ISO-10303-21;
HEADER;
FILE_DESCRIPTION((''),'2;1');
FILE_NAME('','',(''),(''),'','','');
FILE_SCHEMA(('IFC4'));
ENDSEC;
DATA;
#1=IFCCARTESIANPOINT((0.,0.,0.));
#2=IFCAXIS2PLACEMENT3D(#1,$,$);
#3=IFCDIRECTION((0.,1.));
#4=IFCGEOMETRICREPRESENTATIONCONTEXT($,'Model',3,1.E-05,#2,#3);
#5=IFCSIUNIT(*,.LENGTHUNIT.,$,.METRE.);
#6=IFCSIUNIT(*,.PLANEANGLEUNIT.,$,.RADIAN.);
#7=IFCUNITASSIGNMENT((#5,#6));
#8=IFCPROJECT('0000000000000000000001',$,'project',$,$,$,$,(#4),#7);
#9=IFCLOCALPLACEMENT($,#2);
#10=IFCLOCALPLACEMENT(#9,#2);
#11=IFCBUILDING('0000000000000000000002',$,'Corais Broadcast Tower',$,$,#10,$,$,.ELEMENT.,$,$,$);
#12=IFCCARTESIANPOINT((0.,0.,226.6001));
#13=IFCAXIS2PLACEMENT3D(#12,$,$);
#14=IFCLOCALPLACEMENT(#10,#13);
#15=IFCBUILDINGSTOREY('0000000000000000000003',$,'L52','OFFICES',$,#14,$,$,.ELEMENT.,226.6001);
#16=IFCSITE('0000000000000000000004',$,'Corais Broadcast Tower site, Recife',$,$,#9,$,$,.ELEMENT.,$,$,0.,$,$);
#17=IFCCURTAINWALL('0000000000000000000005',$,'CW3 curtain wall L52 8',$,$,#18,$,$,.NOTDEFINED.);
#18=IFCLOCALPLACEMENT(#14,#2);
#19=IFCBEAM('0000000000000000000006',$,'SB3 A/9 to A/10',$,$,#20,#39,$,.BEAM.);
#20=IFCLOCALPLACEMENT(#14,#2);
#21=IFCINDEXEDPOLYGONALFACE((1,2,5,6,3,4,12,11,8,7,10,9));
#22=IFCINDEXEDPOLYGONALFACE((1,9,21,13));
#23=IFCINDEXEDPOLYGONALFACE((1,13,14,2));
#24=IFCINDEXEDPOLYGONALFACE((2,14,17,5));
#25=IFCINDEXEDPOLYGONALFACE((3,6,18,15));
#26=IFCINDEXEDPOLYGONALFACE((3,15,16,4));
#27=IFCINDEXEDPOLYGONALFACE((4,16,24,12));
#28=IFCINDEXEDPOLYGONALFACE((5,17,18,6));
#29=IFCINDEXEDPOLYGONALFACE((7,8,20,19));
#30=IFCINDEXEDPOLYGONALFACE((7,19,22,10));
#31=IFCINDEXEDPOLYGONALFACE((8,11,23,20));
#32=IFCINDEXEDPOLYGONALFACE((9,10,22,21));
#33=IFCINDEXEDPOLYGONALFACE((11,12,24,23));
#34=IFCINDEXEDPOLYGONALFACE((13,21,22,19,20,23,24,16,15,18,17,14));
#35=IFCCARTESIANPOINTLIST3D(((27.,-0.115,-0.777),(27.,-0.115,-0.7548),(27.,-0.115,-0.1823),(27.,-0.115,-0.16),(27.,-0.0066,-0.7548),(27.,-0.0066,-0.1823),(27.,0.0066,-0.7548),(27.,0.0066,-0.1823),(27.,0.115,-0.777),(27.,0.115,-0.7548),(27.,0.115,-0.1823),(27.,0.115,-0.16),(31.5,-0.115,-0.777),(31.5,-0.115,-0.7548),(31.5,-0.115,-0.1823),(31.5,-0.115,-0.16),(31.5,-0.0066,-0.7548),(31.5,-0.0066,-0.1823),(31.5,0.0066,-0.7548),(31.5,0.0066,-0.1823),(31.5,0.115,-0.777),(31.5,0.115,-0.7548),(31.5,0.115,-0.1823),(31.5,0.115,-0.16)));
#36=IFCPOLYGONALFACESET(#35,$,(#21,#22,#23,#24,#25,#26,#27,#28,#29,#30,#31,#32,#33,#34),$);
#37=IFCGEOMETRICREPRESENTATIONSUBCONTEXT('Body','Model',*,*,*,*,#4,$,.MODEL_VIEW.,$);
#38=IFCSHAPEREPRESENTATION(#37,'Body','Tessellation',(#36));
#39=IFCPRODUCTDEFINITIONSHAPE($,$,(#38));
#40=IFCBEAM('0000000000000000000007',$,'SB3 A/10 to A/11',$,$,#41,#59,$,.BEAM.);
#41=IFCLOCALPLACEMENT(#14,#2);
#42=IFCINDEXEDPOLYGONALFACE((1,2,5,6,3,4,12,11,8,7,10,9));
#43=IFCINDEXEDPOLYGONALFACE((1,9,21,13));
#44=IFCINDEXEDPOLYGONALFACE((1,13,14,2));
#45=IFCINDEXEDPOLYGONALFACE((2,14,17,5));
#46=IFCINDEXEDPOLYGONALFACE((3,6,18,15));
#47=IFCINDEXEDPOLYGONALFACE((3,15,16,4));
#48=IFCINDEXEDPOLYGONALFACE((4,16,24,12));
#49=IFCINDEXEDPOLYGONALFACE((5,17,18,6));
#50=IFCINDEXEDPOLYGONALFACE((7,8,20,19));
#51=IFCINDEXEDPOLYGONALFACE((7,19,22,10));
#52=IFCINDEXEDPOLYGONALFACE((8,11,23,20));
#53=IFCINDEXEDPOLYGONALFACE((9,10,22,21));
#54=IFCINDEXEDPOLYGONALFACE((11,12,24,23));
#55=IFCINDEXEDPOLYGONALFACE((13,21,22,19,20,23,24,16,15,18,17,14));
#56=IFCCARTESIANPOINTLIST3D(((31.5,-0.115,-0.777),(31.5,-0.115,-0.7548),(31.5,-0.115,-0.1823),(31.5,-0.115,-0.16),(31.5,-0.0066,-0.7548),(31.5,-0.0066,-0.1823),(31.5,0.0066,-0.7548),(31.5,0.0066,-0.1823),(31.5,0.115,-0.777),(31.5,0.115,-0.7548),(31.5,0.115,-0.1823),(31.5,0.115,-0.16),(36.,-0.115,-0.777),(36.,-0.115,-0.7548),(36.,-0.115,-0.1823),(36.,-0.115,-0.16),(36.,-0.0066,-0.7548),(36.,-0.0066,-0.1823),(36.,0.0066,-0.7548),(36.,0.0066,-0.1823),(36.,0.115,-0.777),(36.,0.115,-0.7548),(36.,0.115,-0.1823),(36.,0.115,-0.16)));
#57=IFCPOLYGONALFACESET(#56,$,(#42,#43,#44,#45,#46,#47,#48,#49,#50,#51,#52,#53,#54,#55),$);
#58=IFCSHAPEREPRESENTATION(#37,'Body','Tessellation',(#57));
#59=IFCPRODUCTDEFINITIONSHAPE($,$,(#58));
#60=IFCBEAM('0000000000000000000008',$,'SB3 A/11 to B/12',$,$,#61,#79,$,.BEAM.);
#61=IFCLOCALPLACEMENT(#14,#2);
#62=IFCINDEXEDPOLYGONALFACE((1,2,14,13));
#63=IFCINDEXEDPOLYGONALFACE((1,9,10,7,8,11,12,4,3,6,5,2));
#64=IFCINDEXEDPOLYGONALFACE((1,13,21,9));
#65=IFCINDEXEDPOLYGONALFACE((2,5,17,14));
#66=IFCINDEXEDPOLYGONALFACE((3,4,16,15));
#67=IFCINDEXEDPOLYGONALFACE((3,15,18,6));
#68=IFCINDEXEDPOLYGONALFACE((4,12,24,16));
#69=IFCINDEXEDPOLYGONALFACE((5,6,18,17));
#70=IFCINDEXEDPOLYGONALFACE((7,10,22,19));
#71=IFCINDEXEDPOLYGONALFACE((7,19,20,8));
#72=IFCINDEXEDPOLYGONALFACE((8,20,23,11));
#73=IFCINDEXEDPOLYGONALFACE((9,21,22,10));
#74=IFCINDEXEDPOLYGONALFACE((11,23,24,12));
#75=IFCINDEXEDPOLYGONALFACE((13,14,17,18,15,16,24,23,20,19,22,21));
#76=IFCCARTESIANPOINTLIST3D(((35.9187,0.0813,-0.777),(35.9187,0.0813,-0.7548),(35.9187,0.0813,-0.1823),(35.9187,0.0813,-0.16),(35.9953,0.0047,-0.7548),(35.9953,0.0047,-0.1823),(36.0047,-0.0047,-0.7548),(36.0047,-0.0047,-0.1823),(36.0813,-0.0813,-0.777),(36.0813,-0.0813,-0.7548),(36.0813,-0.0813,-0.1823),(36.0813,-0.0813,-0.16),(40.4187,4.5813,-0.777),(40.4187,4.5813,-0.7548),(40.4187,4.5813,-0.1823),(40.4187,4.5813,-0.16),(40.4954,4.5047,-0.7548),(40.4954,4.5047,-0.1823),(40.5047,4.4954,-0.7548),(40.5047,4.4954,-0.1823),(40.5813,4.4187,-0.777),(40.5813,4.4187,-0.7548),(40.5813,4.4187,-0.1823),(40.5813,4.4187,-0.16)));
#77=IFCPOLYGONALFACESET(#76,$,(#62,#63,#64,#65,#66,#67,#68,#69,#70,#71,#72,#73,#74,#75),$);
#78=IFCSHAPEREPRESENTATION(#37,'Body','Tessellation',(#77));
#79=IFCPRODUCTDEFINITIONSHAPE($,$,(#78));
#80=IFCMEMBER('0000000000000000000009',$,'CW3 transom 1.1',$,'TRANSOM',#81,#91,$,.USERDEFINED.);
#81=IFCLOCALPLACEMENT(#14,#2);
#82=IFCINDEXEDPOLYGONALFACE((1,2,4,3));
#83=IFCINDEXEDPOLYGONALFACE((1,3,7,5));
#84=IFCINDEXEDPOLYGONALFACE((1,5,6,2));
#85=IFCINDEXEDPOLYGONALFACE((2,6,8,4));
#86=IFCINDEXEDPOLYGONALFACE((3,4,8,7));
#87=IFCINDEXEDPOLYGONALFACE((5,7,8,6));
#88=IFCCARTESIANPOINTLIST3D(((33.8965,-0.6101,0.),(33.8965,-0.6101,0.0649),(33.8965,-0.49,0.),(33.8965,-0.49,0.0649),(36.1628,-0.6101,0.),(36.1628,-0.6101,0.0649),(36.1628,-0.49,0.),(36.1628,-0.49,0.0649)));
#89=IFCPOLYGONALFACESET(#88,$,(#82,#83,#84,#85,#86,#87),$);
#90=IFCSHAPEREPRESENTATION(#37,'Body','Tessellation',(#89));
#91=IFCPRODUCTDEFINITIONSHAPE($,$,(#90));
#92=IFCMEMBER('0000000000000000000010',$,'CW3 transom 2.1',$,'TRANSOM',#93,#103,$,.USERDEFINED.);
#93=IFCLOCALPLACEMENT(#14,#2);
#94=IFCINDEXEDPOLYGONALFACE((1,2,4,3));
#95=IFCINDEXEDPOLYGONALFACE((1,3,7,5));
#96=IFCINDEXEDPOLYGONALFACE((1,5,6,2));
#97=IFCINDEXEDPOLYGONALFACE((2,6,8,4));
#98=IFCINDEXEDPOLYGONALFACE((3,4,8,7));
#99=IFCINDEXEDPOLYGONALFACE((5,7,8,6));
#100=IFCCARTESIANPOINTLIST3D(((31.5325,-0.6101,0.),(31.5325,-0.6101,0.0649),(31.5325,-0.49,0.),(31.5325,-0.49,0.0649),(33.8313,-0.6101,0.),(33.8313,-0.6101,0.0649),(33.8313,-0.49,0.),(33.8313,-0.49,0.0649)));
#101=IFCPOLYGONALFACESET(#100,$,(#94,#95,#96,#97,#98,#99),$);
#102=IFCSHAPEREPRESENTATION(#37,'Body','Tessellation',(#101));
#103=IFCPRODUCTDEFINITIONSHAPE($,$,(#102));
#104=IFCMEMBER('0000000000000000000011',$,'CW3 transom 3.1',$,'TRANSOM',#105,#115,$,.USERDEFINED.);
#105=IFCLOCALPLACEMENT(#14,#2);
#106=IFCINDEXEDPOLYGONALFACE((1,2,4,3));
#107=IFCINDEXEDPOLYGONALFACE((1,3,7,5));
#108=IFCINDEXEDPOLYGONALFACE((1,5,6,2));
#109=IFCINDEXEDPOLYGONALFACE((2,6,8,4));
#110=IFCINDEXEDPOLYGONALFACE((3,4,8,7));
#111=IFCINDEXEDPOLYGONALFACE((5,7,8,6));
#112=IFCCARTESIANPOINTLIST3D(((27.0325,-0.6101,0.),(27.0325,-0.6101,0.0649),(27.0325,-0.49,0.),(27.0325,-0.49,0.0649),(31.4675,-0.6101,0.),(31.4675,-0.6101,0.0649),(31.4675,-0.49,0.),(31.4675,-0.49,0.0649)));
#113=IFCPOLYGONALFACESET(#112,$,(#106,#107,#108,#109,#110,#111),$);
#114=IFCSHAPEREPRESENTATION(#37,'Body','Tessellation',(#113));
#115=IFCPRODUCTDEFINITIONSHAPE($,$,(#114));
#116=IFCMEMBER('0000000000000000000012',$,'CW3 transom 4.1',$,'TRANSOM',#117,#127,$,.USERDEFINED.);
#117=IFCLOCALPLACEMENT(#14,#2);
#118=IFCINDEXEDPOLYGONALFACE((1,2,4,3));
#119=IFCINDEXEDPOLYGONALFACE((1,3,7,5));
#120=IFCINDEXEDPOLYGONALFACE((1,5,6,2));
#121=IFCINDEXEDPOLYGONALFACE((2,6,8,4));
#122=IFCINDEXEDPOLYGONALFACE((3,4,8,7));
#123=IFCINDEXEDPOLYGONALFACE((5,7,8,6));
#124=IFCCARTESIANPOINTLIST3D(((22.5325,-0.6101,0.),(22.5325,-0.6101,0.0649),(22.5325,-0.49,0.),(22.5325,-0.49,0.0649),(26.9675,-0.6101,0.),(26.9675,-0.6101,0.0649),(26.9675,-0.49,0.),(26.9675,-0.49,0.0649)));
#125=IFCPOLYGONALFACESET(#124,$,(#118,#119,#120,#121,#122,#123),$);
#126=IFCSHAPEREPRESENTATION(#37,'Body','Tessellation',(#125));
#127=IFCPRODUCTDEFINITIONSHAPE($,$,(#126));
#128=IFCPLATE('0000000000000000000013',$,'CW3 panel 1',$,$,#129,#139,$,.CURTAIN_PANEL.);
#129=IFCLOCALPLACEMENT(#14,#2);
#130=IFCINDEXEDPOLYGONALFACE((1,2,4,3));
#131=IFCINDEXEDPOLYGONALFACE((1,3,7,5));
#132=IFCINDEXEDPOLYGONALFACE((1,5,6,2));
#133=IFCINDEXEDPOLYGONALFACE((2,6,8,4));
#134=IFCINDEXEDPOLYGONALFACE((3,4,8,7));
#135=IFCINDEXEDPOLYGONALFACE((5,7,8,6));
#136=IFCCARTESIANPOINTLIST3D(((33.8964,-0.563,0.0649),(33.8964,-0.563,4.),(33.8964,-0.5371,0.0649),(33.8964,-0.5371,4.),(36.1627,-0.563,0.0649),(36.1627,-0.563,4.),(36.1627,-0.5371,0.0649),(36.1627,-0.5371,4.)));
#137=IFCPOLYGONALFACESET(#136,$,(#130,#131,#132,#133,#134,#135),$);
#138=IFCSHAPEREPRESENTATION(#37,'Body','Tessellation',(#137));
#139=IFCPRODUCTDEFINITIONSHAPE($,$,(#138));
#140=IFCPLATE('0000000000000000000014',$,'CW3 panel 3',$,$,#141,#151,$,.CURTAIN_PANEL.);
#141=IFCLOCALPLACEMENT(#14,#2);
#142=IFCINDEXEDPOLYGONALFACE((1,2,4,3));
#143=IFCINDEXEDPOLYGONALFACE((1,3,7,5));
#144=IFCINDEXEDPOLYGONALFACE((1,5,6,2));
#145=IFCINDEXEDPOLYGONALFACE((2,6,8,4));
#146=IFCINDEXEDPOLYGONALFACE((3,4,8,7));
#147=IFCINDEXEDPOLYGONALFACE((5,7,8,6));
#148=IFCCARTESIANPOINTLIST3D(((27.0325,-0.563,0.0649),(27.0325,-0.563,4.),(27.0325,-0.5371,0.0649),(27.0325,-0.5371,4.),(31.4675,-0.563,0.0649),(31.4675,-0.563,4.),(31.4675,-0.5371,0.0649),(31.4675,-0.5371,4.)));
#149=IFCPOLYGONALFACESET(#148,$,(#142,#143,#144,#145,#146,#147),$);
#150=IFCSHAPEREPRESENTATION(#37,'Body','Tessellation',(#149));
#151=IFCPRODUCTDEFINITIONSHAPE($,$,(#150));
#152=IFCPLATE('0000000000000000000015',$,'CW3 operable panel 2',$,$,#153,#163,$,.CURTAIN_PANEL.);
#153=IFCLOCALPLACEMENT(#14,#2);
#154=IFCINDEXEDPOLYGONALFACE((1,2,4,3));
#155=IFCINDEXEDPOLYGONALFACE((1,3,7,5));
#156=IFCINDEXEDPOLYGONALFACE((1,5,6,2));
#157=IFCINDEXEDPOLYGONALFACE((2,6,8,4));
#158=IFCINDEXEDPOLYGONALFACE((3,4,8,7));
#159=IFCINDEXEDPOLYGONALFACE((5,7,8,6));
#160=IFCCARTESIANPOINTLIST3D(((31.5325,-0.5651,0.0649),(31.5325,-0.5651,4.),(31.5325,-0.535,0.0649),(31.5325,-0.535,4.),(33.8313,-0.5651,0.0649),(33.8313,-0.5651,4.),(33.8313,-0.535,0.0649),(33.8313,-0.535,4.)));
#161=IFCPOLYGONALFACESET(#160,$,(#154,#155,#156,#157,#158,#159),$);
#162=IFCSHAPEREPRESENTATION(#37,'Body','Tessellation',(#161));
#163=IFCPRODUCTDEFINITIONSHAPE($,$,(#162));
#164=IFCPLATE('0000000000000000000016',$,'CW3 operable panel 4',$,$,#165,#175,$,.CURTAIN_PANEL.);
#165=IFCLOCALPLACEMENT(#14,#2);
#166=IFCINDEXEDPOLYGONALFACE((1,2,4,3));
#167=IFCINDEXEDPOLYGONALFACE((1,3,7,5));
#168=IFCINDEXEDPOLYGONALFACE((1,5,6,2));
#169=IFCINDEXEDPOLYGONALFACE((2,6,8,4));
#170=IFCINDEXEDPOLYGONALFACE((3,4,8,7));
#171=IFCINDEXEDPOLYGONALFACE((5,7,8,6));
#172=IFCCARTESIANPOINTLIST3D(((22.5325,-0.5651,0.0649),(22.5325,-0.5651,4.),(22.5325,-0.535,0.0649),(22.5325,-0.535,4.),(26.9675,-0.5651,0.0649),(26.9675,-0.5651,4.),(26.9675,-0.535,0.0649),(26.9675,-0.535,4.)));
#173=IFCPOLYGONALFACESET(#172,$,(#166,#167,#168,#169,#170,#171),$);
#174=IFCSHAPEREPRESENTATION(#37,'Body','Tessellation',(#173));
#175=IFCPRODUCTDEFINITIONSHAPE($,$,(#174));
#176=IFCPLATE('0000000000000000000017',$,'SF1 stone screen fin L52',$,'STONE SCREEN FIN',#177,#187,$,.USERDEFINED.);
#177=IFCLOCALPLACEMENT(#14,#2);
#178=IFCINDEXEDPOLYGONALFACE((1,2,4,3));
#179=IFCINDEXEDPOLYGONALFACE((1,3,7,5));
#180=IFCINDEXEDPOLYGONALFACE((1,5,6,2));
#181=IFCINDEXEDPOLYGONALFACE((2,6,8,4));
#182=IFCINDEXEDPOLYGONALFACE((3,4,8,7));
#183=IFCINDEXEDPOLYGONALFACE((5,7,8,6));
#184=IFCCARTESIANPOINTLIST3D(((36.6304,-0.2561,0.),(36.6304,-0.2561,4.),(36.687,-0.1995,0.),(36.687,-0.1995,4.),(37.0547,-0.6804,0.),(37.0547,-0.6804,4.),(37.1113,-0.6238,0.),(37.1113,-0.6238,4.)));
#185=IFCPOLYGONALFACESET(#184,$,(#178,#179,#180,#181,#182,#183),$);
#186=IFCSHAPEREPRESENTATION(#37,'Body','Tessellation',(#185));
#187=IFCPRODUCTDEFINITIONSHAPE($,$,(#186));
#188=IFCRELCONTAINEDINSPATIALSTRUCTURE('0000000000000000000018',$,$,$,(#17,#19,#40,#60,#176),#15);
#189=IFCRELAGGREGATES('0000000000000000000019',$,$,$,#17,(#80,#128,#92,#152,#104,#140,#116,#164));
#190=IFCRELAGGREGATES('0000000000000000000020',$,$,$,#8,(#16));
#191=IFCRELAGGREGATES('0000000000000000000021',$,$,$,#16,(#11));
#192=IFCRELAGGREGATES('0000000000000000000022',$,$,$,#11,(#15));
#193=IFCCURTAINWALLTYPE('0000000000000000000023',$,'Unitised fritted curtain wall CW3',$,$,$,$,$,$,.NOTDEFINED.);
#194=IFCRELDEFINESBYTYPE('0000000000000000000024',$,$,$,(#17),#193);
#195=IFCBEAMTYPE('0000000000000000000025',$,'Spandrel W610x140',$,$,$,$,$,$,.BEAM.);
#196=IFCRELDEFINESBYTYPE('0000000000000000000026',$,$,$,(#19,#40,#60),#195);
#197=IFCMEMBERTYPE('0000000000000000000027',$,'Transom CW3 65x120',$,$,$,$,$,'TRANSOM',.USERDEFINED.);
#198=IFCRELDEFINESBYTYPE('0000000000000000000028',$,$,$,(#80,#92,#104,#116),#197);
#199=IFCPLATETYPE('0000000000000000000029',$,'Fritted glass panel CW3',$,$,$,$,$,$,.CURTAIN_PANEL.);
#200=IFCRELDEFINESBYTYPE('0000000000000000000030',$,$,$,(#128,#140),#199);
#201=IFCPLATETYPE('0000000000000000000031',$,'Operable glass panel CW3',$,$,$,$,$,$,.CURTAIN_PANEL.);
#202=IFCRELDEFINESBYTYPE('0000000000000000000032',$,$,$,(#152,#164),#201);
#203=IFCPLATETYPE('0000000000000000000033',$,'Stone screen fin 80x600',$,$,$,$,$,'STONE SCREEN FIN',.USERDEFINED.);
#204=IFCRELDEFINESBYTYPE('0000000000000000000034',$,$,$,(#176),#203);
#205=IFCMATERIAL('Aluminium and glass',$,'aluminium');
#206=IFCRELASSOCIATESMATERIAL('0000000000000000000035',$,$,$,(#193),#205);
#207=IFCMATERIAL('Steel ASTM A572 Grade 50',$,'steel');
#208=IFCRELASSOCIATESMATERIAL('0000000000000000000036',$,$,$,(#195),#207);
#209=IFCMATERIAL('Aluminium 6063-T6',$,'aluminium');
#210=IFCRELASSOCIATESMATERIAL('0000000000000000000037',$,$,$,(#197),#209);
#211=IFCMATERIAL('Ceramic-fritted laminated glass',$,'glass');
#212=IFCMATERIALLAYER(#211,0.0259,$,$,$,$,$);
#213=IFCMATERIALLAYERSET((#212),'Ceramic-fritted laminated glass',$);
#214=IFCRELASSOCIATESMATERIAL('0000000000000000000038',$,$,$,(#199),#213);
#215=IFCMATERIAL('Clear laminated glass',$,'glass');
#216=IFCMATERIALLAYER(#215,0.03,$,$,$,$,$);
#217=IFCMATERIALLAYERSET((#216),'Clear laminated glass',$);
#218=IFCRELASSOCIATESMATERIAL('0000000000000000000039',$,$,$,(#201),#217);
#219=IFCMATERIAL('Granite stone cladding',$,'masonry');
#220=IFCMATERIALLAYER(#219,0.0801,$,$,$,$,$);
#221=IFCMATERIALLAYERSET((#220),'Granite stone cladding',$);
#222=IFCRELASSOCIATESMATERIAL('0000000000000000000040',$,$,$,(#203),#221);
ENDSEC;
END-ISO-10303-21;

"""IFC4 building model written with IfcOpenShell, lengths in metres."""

from ifc_helpers import new_model, si_unit, direction, frame, origin, origin_2d, place, context, subcontext, project, spatial, rectangle, i_section, extrude, material, layer, layer_set, material_profile, profile_set, type_object, element, aggregate, save


model = new_model("IFC4")

# Units and contexts
model_context = context("Model", 3, precision=1e-05, world=origin(), true_north=direction((0.0, 1.0)))
body_context = subcontext(model_context, "Body", "Model", "MODEL_VIEW")
ifc_project = project(units=[si_unit("LENGTHUNIT", "METRE"), si_unit("PLANEANGLEUNIT", "RADIAN")], contexts=[model_context])

# Site, building, storey
site_placement = place(None, origin())
site = spatial("IfcSite", under=ifc_project, at=site_placement, Name="Corais Broadcast Tower site, Recife", CompositionType="ELEMENT", RefElevation=0.0)
building_placement = place(site_placement, origin())
building = spatial("IfcBuilding", under=site, at=building_placement, Name="Corais Broadcast Tower", CompositionType="ELEMENT")
storey_placement = place(building_placement, frame((0.0, 0.0, 226.6001)))
storey = spatial("IfcBuildingStorey", under=building, at=storey_placement, Name="L52", Description="OFFICES", CompositionType="ELEMENT", Elevation=226.6001)

# Shared definitions
ifc_material_1 = material(Name="Aluminium and glass", Category="aluminium")
curtain_wall_type = type_object("IfcCurtainWallType", Name="Unitised fritted curtain wall CW3", PredefinedType="NOTDEFINED", material=ifc_material_1)

# Curtain wall
curtain_wall_1_placement = place(storey_placement, origin())
curtain_wall_1 = element("IfcCurtainWall", 1, at=curtain_wall_1_placement, inside=storey, type_object=curtain_wall_type, Name="CW3 curtain wall L52 8", PredefinedType="NOTDEFINED")

# Beams
ifc_material_2 = material(Name="Steel ASTM A572 Grade 50", Category="steel")
ifc_material_profile_1 = material_profile(ifc_material_2, i_section(OverallWidth=0.23, OverallDepth=0.6169, WebThickness=0.0132, FlangeThickness=0.0222, at=origin_2d()), Name="W610x140")
ifc_profile_set_1 = profile_set([ifc_material_profile_1], Name="Steel ASTM A572 Grade 50")
beam_type_1 = type_object("IfcBeamType", Name="Spandrel W610x140", PredefinedType="BEAM", material=ifc_profile_set_1)
for number, where, z_axis, x_axis, name in (
    (2, (27.0, 0.0, -0.4685), (1.0, 0.0, 0.0), (0.0, 1.0, 0.0), "SB3 A/9 to A/10"),
    (3, (31.5, 0.0, -0.4685), (1.0, 0.0, 0.0), (0.0, 1.0, 0.0), "SB3 A/10 to A/11"),
):
    element("IfcBeam", number, at=place(storey_placement, frame(where, z_axis=z_axis, x_axis=x_axis)), inside=storey, type_object=beam_type_1, Name=name, PredefinedType="BEAM", context=body_context, shape_type="SweptSolid", body=[
        extrude(i_section(OverallWidth=0.23, OverallDepth=0.6169, WebThickness=0.0132, FlangeThickness=0.0222, at=origin_2d()), origin(), (0.0, 0.0, 1.0), 4.5),
    ])
beam_placement = place(storey_placement, frame((36.0, 0.0, -0.4685), z_axis=(0.707107, 0.707107, 0.0), x_axis=(-0.707107, 0.707107, 0.0)))
element("IfcBeam", 4, at=beam_placement, inside=storey, type_object=beam_type_1, Name="SB3 A/11 to B/12", PredefinedType="BEAM", context=body_context, shape_type="SweptSolid", body=[
    extrude(i_section(OverallWidth=0.23, OverallDepth=0.6169, WebThickness=0.0132, FlangeThickness=0.0222, at=origin_2d()), origin(), (0.0, 0.0, 1.0), 6.364),
])

# Members
ifc_material_3 = material(Name="Aluminium 6063-T6", Category="aluminium")
ifc_material_profile_2 = material_profile(ifc_material_3, rectangle(XDim=0.1201, YDim=0.0649, at=origin_2d()), Name="Transom CW3 65x120")
ifc_profile_set_2 = profile_set([ifc_material_profile_2], Name="Aluminium 6063-T6")
member_type_1 = type_object("IfcMemberType", Name="Transom CW3 65x120", ElementType="TRANSOM", PredefinedType="USERDEFINED", material=ifc_profile_set_2)
member_1_placement = place(storey_placement, frame((36.1628, -0.55, 0.0325), z_axis=(-1.0, 0.0, 0.0), x_axis=(0.0, -1.0, 0.0)))
member_1 = element("IfcMember", 5, at=member_1_placement, type_object=member_type_1, Name="CW3 transom 1.1", ObjectType="TRANSOM", PredefinedType="USERDEFINED", context=body_context, shape_type="SweptSolid", body=[
    extrude(rectangle(XDim=0.1201, YDim=0.0649, at=origin_2d()), origin(), (0.0, 0.0, 1.0), 2.2664),
])
member_2_placement = place(storey_placement, frame((33.8313, -0.55, 0.0325), z_axis=(-1.0, 0.0, 0.0), x_axis=(0.0, -1.0, 0.0)))
member_2 = element("IfcMember", 6, at=member_2_placement, type_object=member_type_1, Name="CW3 transom 2.1", ObjectType="TRANSOM", PredefinedType="USERDEFINED", context=body_context, shape_type="SweptSolid", body=[
    extrude(rectangle(XDim=0.1201, YDim=0.0649, at=origin_2d()), origin(), (0.0, 0.0, 1.0), 2.2988),
])
member_3_placement = place(storey_placement, frame((31.4675, -0.55, 0.0325), z_axis=(-1.0, 0.0, 0.0), x_axis=(0.0, -1.0, 0.0)))
member_3 = element("IfcMember", 7, at=member_3_placement, type_object=member_type_1, Name="CW3 transom 3.1", ObjectType="TRANSOM", PredefinedType="USERDEFINED", context=body_context, shape_type="SweptSolid", body=[
    extrude(rectangle(XDim=0.1201, YDim=0.0649, at=origin_2d()), origin(), (0.0, 0.0, 1.0), 4.4351),
])
member_4_placement = place(storey_placement, frame((26.9675, -0.55, 0.0325), z_axis=(-1.0, 0.0, 0.0), x_axis=(0.0, -1.0, 0.0)))
member_4 = element("IfcMember", 8, at=member_4_placement, type_object=member_type_1, Name="CW3 transom 4.1", ObjectType="TRANSOM", PredefinedType="USERDEFINED", context=body_context, shape_type="SweptSolid", body=[
    extrude(rectangle(XDim=0.1201, YDim=0.0649, at=origin_2d()), origin(), (0.0, 0.0, 1.0), 4.4351),
])

# Plates
ifc_material_4 = material(Name="Ceramic-fritted laminated glass", Category="glass")
ifc_layer_1 = layer(ifc_material_4, 0.0259)
ifc_layer_set_1 = layer_set([ifc_layer_1], Name="Ceramic-fritted laminated glass")
plate_type_1 = type_object("IfcPlateType", Name="Fritted glass panel CW3", PredefinedType="CURTAIN_PANEL", material=ifc_layer_set_1)
plate_1_placement = place(storey_placement, frame((35.0295, -0.55, 0.0649), z_axis=(0.0, 0.0, 1.0), x_axis=(-1.0, 0.0, 0.0)))
plate_1 = element("IfcPlate", 9, at=plate_1_placement, type_object=plate_type_1, Name="CW3 panel 1", PredefinedType="CURTAIN_PANEL", context=body_context, shape_type="SweptSolid", body=[
    extrude(rectangle(XDim=2.2664, YDim=0.0259, at=origin_2d()), origin(), (0.0, 0.0, 1.0), 3.9351),
])
plate_2_placement = place(storey_placement, frame((29.25, -0.55, 0.0649), z_axis=(0.0, 0.0, 1.0), x_axis=(-1.0, 0.0, 0.0)))
plate_2 = element("IfcPlate", 10, at=plate_2_placement, type_object=plate_type_1, Name="CW3 panel 3", PredefinedType="CURTAIN_PANEL", context=body_context, shape_type="SweptSolid", body=[
    extrude(rectangle(XDim=4.4351, YDim=0.0259, at=origin_2d()), origin(), (0.0, 0.0, 1.0), 3.9351),
])
ifc_material_5 = material(Name="Clear laminated glass", Category="glass")
ifc_layer_2 = layer(ifc_material_5, 0.03)
ifc_layer_set_2 = layer_set([ifc_layer_2], Name="Clear laminated glass")
plate_type_2 = type_object("IfcPlateType", Name="Operable glass panel CW3", PredefinedType="CURTAIN_PANEL", material=ifc_layer_set_2)
plate_3_placement = place(storey_placement, frame((32.6819, -0.55, 0.0649), z_axis=(0.0, 0.0, 1.0), x_axis=(-1.0, 0.0, 0.0)))
plate_3 = element("IfcPlate", 11, at=plate_3_placement, type_object=plate_type_2, Name="CW3 operable panel 2", PredefinedType="CURTAIN_PANEL", context=body_context, shape_type="SweptSolid", body=[
    extrude(rectangle(XDim=2.2988, YDim=0.03, at=origin_2d()), origin(), (0.0, 0.0, 1.0), 3.9351),
])
plate_4_placement = place(storey_placement, frame((24.75, -0.55, 0.0649), z_axis=(0.0, 0.0, 1.0), x_axis=(-1.0, 0.0, 0.0)))
plate_4 = element("IfcPlate", 12, at=plate_4_placement, type_object=plate_type_2, Name="CW3 operable panel 4", PredefinedType="CURTAIN_PANEL", context=body_context, shape_type="SweptSolid", body=[
    extrude(rectangle(XDim=4.4351, YDim=0.03, at=origin_2d()), origin(), (0.0, 0.0, 1.0), 3.9351),
])
aggregate(curtain_wall_1, [member_1, plate_1, member_2, plate_3, member_3, plate_2, member_4, plate_4])
ifc_material_6 = material(Name="Granite stone cladding", Category="masonry")
ifc_layer_3 = layer(ifc_material_6, 0.0801)
ifc_layer_set_3 = layer_set([ifc_layer_3], Name="Granite stone cladding")
plate_type_3 = type_object("IfcPlateType", Name="Stone screen fin 80x600", ElementType="STONE SCREEN FIN", PredefinedType="USERDEFINED", material=ifc_layer_set_3)
plate_5_placement = place(storey_placement, frame((36.8708, -0.4399, 0.0), z_axis=(0.0, 0.0, 1.0), x_axis=(-0.707107, -0.707107, 0.0)))
element("IfcPlate", 13, at=plate_5_placement, inside=storey, type_object=plate_type_3, Name="SF1 stone screen fin L52", ObjectType="STONE SCREEN FIN", PredefinedType="USERDEFINED", context=body_context, shape_type="SweptSolid", body=[
    extrude(rectangle(XDim=0.0801, YDim=0.6001, at=origin_2d()), origin(), (0.0, 0.0, 1.0), 4.0),
])

save(model, "model.ifc")
